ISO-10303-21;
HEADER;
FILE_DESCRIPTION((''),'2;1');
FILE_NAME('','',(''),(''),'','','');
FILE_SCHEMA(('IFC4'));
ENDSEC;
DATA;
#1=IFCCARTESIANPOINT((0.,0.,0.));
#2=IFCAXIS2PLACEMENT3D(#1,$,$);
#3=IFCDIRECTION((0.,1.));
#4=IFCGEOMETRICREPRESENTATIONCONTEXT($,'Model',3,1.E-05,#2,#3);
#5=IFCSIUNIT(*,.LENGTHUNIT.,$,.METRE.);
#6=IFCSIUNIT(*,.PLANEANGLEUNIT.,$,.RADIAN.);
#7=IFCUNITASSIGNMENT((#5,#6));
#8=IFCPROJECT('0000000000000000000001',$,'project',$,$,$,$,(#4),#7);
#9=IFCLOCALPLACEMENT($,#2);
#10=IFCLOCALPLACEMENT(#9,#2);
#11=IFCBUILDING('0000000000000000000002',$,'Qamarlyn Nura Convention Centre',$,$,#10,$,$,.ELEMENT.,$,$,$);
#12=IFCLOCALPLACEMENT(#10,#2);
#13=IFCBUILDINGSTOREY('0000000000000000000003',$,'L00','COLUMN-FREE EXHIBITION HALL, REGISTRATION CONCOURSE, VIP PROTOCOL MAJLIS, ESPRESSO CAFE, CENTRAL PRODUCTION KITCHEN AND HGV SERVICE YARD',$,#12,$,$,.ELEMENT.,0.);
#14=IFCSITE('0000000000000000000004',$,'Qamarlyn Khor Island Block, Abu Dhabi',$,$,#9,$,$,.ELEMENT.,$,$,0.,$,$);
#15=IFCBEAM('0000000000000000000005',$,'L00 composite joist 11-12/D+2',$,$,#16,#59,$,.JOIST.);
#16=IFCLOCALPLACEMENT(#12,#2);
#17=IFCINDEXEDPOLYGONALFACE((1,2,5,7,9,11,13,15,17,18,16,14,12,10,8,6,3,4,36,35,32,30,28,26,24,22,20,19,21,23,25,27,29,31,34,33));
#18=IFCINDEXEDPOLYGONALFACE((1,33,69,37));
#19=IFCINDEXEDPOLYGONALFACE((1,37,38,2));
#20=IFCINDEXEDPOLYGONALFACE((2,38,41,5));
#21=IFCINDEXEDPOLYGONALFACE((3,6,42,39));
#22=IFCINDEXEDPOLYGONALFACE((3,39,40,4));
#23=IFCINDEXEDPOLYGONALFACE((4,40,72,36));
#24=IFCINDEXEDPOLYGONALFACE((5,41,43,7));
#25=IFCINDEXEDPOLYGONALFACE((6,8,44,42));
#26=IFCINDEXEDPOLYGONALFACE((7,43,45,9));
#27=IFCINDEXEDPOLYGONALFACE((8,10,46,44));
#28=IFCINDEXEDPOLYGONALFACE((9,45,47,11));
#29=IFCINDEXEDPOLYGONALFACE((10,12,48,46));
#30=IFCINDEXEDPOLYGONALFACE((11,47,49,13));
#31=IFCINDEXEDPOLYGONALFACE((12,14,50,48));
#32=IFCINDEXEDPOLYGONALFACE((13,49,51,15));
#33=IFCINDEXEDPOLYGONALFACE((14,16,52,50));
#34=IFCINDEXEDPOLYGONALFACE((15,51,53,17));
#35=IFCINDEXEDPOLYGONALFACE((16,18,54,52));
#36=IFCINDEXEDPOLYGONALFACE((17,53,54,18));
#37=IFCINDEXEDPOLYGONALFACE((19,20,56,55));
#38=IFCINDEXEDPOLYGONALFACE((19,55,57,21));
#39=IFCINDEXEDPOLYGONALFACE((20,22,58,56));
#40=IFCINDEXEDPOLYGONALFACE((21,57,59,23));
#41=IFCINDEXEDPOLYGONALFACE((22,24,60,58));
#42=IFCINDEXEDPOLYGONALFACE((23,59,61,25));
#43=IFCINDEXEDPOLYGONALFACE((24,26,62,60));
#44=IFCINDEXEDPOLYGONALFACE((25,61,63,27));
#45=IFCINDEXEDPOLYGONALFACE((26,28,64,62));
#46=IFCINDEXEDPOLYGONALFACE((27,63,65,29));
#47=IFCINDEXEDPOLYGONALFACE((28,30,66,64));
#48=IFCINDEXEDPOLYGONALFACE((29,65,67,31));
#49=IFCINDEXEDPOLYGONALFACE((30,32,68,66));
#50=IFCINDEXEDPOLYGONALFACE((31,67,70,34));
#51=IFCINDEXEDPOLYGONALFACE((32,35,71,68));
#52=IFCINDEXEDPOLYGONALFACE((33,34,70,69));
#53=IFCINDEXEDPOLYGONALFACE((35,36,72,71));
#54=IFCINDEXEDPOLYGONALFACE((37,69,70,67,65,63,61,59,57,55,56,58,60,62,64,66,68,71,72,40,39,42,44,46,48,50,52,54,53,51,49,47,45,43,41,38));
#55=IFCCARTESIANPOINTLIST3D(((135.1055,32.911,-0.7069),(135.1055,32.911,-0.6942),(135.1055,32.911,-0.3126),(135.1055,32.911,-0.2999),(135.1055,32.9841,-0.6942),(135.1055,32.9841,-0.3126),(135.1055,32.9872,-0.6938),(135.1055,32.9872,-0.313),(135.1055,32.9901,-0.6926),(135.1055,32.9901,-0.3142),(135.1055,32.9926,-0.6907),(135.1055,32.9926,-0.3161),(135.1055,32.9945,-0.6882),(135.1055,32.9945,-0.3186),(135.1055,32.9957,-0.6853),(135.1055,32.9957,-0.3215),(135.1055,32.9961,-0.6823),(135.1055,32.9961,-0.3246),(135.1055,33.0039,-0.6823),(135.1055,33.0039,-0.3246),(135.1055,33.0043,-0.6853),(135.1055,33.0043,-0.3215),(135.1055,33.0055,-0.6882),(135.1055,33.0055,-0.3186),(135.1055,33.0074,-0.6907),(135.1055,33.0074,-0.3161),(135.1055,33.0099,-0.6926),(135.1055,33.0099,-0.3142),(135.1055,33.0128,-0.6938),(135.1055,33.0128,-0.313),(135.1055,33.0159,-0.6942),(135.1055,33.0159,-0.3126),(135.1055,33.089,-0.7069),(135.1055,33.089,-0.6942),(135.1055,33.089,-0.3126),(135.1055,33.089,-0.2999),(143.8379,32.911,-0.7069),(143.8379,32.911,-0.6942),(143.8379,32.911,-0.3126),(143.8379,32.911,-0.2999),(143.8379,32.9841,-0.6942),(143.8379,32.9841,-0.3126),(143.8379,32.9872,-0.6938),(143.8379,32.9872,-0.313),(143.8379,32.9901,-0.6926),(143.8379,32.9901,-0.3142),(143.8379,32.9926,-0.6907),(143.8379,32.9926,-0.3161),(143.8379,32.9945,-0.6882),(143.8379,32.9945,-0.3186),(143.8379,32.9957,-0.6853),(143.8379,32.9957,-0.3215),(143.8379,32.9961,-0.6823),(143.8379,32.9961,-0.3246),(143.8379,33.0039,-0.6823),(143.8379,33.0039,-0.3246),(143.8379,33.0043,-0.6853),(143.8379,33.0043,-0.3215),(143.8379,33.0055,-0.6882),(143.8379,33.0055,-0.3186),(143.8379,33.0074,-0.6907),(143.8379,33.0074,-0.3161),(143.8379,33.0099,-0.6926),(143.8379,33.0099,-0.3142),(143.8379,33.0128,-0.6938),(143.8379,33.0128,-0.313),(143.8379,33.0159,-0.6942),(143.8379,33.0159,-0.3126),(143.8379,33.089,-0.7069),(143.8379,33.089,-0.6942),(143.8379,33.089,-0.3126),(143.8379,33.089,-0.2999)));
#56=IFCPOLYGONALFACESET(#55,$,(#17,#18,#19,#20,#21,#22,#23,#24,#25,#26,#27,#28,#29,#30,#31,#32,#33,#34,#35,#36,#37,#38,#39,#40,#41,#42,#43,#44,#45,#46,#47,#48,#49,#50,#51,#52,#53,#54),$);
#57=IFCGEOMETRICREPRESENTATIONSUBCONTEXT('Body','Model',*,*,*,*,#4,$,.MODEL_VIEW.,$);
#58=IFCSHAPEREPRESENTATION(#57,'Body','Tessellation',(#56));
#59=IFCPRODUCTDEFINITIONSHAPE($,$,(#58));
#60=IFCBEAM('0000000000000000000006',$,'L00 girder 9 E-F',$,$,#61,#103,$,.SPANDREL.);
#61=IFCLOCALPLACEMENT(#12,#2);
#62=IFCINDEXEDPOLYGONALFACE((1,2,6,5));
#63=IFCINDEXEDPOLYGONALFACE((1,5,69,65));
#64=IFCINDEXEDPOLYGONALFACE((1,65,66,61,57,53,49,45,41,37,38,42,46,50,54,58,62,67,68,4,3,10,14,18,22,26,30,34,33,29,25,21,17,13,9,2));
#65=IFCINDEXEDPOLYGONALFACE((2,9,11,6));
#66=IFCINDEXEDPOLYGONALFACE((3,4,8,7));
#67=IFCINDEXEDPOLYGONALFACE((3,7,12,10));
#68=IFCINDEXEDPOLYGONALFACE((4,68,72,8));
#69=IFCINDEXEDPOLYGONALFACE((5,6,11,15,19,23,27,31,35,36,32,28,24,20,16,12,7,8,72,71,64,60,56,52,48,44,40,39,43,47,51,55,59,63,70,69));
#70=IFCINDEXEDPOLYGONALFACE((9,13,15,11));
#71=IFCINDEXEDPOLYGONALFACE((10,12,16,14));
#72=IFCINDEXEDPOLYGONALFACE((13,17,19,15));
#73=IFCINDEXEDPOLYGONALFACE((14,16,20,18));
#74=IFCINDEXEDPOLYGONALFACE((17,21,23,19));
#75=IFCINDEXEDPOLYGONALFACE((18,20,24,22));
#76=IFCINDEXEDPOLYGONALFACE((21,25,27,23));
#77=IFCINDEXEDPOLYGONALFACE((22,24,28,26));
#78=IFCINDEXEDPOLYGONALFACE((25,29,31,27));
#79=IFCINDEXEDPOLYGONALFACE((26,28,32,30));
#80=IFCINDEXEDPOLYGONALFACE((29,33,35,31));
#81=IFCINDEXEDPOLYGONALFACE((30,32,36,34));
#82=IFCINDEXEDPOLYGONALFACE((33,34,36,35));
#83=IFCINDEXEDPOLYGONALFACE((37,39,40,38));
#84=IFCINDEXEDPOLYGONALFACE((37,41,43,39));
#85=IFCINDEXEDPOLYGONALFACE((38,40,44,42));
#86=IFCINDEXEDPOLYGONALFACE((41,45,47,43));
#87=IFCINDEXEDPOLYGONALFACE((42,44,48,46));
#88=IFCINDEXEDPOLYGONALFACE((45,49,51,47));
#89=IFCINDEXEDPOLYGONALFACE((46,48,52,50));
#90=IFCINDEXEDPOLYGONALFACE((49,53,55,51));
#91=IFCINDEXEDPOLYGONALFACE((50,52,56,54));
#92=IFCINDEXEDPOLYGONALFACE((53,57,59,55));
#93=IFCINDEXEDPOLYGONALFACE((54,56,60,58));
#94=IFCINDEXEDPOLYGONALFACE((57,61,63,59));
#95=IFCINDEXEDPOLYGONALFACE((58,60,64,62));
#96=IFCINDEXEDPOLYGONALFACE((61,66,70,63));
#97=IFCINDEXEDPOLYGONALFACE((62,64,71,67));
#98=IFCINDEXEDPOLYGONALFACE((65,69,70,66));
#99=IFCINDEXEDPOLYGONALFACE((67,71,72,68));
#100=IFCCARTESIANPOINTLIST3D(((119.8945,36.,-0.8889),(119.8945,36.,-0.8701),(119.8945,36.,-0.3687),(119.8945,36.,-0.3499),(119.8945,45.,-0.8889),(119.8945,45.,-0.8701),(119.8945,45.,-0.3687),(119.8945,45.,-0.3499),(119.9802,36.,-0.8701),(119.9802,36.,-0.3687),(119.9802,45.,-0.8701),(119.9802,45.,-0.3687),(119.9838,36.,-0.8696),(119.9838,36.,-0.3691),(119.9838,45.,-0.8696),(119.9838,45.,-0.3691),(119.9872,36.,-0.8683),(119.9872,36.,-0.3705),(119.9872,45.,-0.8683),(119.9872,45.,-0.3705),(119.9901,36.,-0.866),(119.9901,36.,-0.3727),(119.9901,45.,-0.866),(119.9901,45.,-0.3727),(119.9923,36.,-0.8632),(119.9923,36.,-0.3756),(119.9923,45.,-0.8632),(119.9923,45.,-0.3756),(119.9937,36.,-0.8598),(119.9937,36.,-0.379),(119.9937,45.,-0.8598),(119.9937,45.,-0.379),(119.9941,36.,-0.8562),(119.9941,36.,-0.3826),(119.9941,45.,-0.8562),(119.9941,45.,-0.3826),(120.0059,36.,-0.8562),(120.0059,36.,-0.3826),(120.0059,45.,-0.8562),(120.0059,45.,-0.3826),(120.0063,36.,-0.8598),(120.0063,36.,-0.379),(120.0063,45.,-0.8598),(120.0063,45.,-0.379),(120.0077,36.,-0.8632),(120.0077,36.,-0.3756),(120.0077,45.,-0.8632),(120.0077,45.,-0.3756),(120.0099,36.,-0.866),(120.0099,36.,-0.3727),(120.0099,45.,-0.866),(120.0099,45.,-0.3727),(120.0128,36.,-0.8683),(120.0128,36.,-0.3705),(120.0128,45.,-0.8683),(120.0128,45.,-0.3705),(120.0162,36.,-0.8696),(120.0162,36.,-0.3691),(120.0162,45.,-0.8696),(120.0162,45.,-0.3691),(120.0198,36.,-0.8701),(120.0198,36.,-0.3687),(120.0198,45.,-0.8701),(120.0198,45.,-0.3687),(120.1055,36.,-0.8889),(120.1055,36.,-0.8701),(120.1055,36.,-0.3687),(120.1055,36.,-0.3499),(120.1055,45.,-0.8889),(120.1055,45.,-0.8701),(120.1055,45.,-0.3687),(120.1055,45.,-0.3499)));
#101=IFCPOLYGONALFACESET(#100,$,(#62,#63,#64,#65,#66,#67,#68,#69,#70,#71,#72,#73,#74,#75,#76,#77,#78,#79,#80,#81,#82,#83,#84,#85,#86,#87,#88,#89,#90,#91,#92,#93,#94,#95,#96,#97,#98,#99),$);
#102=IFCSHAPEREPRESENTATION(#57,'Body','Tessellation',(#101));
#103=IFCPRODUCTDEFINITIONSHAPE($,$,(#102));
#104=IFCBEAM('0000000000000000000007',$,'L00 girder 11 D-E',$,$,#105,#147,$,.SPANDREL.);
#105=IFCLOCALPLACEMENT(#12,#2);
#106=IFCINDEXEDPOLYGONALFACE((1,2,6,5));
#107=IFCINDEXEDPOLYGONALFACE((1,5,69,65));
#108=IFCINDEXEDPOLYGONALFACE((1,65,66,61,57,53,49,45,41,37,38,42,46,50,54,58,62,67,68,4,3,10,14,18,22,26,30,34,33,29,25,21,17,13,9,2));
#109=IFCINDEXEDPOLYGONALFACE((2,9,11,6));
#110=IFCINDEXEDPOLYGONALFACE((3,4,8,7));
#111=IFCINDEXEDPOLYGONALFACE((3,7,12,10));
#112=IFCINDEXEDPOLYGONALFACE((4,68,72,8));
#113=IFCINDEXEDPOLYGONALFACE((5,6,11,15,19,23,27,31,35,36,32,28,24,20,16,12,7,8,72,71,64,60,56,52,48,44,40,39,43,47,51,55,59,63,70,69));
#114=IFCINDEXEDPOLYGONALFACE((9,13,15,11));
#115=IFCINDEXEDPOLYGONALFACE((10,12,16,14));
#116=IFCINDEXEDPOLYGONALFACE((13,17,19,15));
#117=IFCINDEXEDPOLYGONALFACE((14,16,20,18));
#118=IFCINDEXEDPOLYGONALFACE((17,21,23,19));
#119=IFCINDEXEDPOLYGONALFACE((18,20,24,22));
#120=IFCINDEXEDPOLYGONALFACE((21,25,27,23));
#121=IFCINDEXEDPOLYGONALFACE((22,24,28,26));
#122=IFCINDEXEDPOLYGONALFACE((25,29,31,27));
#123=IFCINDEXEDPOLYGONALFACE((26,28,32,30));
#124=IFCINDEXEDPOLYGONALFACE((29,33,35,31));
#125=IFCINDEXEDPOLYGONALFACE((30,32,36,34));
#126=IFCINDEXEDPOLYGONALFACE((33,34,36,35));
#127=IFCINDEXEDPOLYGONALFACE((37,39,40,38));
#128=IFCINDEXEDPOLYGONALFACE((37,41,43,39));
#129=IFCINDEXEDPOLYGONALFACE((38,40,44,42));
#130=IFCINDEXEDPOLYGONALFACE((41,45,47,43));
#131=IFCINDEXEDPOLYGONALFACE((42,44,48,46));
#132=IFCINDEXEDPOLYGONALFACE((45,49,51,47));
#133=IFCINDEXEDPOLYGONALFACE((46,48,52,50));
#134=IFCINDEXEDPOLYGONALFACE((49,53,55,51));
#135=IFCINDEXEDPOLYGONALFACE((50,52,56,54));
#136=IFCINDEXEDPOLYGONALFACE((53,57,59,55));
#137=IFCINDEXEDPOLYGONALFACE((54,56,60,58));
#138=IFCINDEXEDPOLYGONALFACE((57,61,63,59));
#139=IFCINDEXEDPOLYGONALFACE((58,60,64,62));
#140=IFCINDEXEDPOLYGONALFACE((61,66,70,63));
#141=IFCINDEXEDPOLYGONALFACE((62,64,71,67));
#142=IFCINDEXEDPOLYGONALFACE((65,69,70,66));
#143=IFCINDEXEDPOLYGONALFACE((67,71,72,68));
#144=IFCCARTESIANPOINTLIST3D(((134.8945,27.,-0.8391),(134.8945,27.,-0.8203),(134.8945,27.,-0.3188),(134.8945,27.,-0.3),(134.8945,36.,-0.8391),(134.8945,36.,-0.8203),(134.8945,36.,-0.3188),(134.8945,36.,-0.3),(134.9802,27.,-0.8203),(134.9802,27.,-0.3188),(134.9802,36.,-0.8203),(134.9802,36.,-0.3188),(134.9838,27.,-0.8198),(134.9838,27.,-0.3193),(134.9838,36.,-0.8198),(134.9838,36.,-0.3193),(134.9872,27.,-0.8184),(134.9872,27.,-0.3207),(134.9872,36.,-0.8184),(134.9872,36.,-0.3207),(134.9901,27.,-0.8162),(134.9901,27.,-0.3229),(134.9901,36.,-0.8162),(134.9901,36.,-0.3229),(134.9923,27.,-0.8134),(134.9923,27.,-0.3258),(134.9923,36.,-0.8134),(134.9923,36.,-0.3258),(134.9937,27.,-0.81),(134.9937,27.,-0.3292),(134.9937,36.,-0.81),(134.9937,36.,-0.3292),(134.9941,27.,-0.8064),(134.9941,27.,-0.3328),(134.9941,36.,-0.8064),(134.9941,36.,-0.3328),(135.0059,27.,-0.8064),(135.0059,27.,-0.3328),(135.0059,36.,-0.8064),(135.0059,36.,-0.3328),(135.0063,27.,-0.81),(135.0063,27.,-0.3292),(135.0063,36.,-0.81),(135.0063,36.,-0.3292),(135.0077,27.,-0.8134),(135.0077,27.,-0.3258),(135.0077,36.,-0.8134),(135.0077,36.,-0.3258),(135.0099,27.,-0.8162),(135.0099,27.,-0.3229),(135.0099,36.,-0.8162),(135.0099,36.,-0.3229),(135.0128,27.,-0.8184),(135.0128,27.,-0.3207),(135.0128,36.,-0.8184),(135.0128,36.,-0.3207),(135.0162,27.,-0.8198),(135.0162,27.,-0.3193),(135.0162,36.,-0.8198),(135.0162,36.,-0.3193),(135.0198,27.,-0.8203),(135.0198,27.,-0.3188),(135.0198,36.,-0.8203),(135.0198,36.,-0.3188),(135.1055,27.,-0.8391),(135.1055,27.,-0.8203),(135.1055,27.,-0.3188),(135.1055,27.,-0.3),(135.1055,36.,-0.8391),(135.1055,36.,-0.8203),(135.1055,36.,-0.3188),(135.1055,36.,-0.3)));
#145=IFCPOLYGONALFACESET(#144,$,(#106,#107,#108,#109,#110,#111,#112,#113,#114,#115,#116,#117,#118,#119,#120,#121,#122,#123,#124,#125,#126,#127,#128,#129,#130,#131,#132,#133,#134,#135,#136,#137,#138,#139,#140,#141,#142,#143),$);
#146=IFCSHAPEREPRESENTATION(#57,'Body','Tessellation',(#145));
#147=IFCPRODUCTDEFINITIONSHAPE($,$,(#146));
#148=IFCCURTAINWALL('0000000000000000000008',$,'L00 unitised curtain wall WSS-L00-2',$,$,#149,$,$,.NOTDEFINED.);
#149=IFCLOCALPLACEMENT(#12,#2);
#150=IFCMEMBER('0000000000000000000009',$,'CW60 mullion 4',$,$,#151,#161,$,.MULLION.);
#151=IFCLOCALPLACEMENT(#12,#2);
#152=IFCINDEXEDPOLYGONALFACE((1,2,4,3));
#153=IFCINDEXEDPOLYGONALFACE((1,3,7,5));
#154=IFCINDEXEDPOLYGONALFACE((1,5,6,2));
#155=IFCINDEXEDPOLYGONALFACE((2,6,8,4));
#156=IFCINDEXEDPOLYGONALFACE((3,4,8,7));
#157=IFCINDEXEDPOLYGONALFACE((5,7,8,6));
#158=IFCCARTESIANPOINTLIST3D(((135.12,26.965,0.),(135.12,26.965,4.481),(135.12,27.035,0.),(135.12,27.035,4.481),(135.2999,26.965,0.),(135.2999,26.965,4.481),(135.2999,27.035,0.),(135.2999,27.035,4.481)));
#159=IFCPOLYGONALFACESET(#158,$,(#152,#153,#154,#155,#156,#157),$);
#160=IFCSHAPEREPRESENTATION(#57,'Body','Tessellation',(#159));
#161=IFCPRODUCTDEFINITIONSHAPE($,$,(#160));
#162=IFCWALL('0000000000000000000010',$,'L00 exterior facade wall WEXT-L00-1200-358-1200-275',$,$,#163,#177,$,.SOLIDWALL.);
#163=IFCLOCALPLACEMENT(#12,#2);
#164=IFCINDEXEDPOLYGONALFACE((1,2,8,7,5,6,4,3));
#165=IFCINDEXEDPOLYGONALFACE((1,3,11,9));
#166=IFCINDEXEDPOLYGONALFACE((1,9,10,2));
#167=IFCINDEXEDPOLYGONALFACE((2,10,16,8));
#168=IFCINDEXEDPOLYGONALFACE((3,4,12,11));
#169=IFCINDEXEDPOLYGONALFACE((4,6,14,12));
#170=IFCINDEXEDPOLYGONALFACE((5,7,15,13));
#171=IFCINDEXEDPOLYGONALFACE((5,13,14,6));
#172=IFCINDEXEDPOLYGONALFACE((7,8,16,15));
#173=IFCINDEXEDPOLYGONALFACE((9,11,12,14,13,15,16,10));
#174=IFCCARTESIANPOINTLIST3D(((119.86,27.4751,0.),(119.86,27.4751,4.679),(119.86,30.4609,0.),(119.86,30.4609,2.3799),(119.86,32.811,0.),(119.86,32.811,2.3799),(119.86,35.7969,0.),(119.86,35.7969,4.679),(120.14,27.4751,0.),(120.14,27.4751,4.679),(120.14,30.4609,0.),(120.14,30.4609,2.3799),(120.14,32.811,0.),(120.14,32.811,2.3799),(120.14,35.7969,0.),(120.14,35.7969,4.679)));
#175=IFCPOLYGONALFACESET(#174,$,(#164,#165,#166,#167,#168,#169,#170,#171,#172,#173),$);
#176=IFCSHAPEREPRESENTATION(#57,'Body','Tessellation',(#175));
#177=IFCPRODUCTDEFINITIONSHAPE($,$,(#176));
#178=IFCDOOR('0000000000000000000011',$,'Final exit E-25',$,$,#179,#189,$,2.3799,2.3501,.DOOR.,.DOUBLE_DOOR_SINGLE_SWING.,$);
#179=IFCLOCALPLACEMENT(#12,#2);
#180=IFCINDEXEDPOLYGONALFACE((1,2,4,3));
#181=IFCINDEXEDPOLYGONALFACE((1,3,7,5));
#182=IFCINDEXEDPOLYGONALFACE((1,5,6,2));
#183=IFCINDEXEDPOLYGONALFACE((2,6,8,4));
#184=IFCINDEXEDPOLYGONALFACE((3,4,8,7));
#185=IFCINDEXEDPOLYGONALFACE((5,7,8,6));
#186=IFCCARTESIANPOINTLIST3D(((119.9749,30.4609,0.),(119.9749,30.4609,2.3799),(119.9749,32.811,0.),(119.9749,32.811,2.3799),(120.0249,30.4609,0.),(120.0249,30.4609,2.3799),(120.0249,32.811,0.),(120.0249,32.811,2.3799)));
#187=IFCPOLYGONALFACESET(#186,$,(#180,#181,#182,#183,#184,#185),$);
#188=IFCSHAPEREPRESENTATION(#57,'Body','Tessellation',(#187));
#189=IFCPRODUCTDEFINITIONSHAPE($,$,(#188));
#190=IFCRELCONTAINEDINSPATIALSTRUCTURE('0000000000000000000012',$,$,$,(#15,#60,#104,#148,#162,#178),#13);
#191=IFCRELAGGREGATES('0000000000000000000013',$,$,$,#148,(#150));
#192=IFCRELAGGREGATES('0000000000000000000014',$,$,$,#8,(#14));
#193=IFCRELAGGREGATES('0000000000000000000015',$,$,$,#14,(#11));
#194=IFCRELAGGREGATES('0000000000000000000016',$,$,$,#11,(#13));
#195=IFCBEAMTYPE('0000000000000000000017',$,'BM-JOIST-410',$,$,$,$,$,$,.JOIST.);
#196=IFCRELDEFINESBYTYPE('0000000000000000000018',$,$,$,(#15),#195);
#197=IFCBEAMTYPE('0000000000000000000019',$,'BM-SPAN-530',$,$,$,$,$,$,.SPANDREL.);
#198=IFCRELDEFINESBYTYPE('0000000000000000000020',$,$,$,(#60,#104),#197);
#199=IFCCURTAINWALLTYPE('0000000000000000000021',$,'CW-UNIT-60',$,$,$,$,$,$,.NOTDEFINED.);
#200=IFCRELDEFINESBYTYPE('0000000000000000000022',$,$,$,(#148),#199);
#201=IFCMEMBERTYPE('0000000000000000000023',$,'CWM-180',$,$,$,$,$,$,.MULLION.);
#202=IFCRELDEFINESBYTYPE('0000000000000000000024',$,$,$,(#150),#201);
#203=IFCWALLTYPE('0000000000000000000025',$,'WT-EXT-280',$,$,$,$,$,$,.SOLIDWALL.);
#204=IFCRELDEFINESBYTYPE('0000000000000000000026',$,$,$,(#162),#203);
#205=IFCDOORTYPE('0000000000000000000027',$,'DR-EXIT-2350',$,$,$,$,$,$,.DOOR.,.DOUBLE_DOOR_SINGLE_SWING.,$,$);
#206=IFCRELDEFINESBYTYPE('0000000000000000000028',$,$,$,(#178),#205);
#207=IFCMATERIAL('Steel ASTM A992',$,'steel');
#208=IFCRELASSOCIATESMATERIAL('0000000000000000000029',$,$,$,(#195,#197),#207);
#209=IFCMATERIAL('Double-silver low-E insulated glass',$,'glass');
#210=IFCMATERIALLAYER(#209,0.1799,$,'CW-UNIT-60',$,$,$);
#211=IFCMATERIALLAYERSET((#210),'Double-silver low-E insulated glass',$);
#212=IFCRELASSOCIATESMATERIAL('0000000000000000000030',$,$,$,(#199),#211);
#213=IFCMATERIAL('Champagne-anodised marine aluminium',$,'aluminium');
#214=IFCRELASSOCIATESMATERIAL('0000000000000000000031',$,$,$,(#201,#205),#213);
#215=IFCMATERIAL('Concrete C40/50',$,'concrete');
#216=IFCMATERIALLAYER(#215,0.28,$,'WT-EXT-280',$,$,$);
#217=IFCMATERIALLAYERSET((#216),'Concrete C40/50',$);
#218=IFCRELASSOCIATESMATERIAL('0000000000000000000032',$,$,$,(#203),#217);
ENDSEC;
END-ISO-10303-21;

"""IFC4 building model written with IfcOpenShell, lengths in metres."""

from ifc_helpers import new_model, si_unit, direction, frame, frame_2d, origin, origin_2d, place, context, subcontext, project, spatial, rectangle, i_section, extrude, material, layer, layer_set, material_profile, profile_set, type_object, element, fill, aggregate, save


model = new_model("IFC4")

# Units and contexts
model_context = context("Model", 3, precision=1e-05, world=origin(), true_north=direction((0.0, 1.0)))
body_context = subcontext(model_context, "Body", "Model", "MODEL_VIEW")
ifc_project = project(units=[si_unit("LENGTHUNIT", "METRE"), si_unit("PLANEANGLEUNIT", "RADIAN")], contexts=[model_context])

# Site, building, storey
site_placement = place(None, origin())
site = spatial("IfcSite", under=ifc_project, at=site_placement, Name="Qamarlyn Khor Island Block, Abu Dhabi", CompositionType="ELEMENT", RefElevation=0.0)
building_placement = place(site_placement, origin())
building = spatial("IfcBuilding", under=site, at=building_placement, Name="Qamarlyn Nura Convention Centre", CompositionType="ELEMENT")
storey_placement = place(building_placement, origin())
storey = spatial("IfcBuildingStorey", under=building, at=storey_placement, Name="L00", Description="COLUMN-FREE EXHIBITION HALL, REGISTRATION CONCOURSE, VIP PROTOCOL MAJLIS, ESPRESSO CAFE, CENTRAL PRODUCTION KITCHEN AND HGV SERVICE YARD", CompositionType="ELEMENT", Elevation=0.0)

# Shared definitions
ifc_material_1 = material(Name="Steel ASTM A992", Category="steel")

# Beams
ifc_material_profile_1 = material_profile(ifc_material_1, i_section(OverallWidth=0.178, OverallDepth=0.407, WebThickness=0.0078, FlangeThickness=0.0127, FilletRadius=0.012, at=origin_2d()), Name="W410X60")
ifc_profile_set_1 = profile_set([ifc_material_profile_1], Name="Steel ASTM A992")
beam_type_1 = type_object("IfcBeamType", Name="BM-JOIST-410", PredefinedType="JOIST", material=ifc_profile_set_1)
for number, where, z_axis, x_axis, name in (
    (1, (135.1055, 33.0, -0.5034), (1.0, 0.0, 0.0), (0.0, 1.0, 0.0), "L00 composite joist 11-12/D+2"),
):
    element("IfcBeam", number, at=place(storey_placement, frame(where, z_axis=z_axis, x_axis=x_axis)), inside=storey, type_object=beam_type_1, Name=name, PredefinedType="JOIST", context=body_context, shape_type="SweptSolid", body=[
        extrude(i_section(OverallWidth=0.178, OverallDepth=0.407, WebThickness=0.0078, FlangeThickness=0.0127, FilletRadius=0.012, at=origin_2d()), origin(), (0.0, 0.0, 1.0), 8.7324),
    ])
ifc_material_profile_2 = material_profile(ifc_material_1, i_section(OverallWidth=0.2109, OverallDepth=0.5391, WebThickness=0.0117, FlangeThickness=0.0188, FilletRadius=0.0139, at=origin_2d()), Name="W530X109")
ifc_profile_set_2 = profile_set([ifc_material_profile_2], Name="Steel ASTM A992")
beam_type_2 = type_object("IfcBeamType", Name="BM-SPAN-530", PredefinedType="SPANDREL", material=ifc_profile_set_2)
for number, where, z_axis, x_axis, name in (
    (2, (120.0, 36.0, -0.6194), (0.0, 1.0, 0.0), (-1.0, 0.0, 0.0), "L00 girder 9 E-F"),
    (3, (135.0, 27.0, -0.5696), (0.0, 1.0, 0.0), (-1.0, 0.0, 0.0), "L00 girder 11 D-E"),
):
    element("IfcBeam", number, at=place(storey_placement, frame(where, z_axis=z_axis, x_axis=x_axis)), inside=storey, type_object=beam_type_2, Name=name, PredefinedType="SPANDREL", context=body_context, shape_type="SweptSolid", body=[
        extrude(i_section(OverallWidth=0.2109, OverallDepth=0.5391, WebThickness=0.0117, FlangeThickness=0.0188, FilletRadius=0.0139, at=origin_2d()), origin(), (0.0, 0.0, 1.0), 9.0),
    ])

# Curtain wall, member
ifc_material_2 = material(Name="Double-silver low-E insulated glass", Category="glass")
ifc_layer_1 = layer(ifc_material_2, 0.1799, Name="CW-UNIT-60")
ifc_layer_set_1 = layer_set([ifc_layer_1], Name="Double-silver low-E insulated glass")
curtain_wall_type = type_object("IfcCurtainWallType", Name="CW-UNIT-60", PredefinedType="NOTDEFINED", material=ifc_layer_set_1)
curtain_wall_placement = place(storey_placement, origin())
curtain_wall = element("IfcCurtainWall", 4, at=curtain_wall_placement, inside=storey, type_object=curtain_wall_type, Name="L00 unitised curtain wall WSS-L00-2", PredefinedType="NOTDEFINED")
ifc_material_3 = material(Name="Champagne-anodised marine aluminium", Category="aluminium")
ifc_material_profile_3 = material_profile(ifc_material_3, rectangle(XDim=0.0701, YDim=0.1799, at=origin_2d()), Name="ALU MULLION 70x180")
ifc_profile_set_3 = profile_set([ifc_material_profile_3], Name="Champagne-anodised marine aluminium")
member_type = type_object("IfcMemberType", Name="CWM-180", PredefinedType="MULLION", material=ifc_profile_set_3)
member_placement = place(storey_placement, frame((135.21, 27.0, 0.0), z_axis=(0.0, 0.0, 1.0), x_axis=(0.0, -1.0, 0.0)))
member = element("IfcMember", 5, at=member_placement, type_object=member_type, Name="CW60 mullion 4", PredefinedType="MULLION", context=body_context, shape_type="SweptSolid", body=[
    extrude(rectangle(XDim=0.0701, YDim=0.1799, at=origin_2d()), origin(), (0.0, 0.0, 1.0), 4.481),
])
aggregate(curtain_wall, [member])

# Wall, opening, door
ifc_material_4 = material(Name="Concrete C40/50", Category="concrete")
ifc_layer_2 = layer(ifc_material_4, 0.28, Name="WT-EXT-280")
ifc_layer_set_2 = layer_set([ifc_layer_2], Name="Concrete C40/50")
wall_type = type_object("IfcWallType", Name="WT-EXT-280", PredefinedType="SOLIDWALL", material=ifc_layer_set_2)
wall_1_placement = place(storey_placement, frame((120.0, 35.7969, 0.0), z_axis=(0.0, 0.0, 1.0), x_axis=(0.0, -1.0, 0.0)))
wall_1 = element("IfcWall", 6, at=wall_1_placement, inside=storey, type_object=wall_type, Name="L00 exterior facade wall WEXT-L00-1200-358-1200-275", PredefinedType="SOLIDWALL", context=body_context, shape_type="SweptSolid", body=[
    extrude(rectangle(XDim=8.3218, YDim=0.28, at=frame_2d((4.1609, 0.0))), origin(), (0.0, 0.0, 1.0), 4.679),
])
opening_1_placement = place(wall_1_placement, frame((2.9858, 0.0, 0.0)))
opening_1 = element("IfcOpeningElement", 7, at=opening_1_placement, cuts=wall_1, PredefinedType="OPENING", context=body_context, shape_type="SweptSolid", body=[
    extrude(rectangle(XDim=2.3501, YDim=2.3799, at=frame_2d((1.175, 1.1899))), frame((0.0, 0.1499, 0.0), z_axis=(0.0, -1.0, 0.0), x_axis=(1.0, 0.0, 0.0)), (0.0, 0.0, 1.0), 0.3),
])
door_type_1 = type_object("IfcDoorType", Name="DR-EXIT-2350", OperationType="DOUBLE_DOOR_SINGLE_SWING", PredefinedType="DOOR", material=ifc_material_3)
door_1_placement = place(opening_1_placement, origin())
door_1 = element("IfcDoor", 8, at=door_1_placement, inside=storey, type_object=door_type_1, Name="Final exit E-25", OperationType="DOUBLE_DOOR_SINGLE_SWING", OverallHeight=2.3799, OverallWidth=2.3501, PredefinedType="DOOR", context=body_context, shape_type="SweptSolid", body=[
    extrude(rectangle(XDim=2.3501, YDim=2.3799, at=frame_2d((1.175, 1.1899))), frame((0.0, 0.0249, 0.0), z_axis=(0.0, -1.0, 0.0), x_axis=(1.0, 0.0, 0.0)), (0.0, 0.0, 1.0), 0.05),
])
fill(opening_1, door_1)

save(model, "model.ifc")
